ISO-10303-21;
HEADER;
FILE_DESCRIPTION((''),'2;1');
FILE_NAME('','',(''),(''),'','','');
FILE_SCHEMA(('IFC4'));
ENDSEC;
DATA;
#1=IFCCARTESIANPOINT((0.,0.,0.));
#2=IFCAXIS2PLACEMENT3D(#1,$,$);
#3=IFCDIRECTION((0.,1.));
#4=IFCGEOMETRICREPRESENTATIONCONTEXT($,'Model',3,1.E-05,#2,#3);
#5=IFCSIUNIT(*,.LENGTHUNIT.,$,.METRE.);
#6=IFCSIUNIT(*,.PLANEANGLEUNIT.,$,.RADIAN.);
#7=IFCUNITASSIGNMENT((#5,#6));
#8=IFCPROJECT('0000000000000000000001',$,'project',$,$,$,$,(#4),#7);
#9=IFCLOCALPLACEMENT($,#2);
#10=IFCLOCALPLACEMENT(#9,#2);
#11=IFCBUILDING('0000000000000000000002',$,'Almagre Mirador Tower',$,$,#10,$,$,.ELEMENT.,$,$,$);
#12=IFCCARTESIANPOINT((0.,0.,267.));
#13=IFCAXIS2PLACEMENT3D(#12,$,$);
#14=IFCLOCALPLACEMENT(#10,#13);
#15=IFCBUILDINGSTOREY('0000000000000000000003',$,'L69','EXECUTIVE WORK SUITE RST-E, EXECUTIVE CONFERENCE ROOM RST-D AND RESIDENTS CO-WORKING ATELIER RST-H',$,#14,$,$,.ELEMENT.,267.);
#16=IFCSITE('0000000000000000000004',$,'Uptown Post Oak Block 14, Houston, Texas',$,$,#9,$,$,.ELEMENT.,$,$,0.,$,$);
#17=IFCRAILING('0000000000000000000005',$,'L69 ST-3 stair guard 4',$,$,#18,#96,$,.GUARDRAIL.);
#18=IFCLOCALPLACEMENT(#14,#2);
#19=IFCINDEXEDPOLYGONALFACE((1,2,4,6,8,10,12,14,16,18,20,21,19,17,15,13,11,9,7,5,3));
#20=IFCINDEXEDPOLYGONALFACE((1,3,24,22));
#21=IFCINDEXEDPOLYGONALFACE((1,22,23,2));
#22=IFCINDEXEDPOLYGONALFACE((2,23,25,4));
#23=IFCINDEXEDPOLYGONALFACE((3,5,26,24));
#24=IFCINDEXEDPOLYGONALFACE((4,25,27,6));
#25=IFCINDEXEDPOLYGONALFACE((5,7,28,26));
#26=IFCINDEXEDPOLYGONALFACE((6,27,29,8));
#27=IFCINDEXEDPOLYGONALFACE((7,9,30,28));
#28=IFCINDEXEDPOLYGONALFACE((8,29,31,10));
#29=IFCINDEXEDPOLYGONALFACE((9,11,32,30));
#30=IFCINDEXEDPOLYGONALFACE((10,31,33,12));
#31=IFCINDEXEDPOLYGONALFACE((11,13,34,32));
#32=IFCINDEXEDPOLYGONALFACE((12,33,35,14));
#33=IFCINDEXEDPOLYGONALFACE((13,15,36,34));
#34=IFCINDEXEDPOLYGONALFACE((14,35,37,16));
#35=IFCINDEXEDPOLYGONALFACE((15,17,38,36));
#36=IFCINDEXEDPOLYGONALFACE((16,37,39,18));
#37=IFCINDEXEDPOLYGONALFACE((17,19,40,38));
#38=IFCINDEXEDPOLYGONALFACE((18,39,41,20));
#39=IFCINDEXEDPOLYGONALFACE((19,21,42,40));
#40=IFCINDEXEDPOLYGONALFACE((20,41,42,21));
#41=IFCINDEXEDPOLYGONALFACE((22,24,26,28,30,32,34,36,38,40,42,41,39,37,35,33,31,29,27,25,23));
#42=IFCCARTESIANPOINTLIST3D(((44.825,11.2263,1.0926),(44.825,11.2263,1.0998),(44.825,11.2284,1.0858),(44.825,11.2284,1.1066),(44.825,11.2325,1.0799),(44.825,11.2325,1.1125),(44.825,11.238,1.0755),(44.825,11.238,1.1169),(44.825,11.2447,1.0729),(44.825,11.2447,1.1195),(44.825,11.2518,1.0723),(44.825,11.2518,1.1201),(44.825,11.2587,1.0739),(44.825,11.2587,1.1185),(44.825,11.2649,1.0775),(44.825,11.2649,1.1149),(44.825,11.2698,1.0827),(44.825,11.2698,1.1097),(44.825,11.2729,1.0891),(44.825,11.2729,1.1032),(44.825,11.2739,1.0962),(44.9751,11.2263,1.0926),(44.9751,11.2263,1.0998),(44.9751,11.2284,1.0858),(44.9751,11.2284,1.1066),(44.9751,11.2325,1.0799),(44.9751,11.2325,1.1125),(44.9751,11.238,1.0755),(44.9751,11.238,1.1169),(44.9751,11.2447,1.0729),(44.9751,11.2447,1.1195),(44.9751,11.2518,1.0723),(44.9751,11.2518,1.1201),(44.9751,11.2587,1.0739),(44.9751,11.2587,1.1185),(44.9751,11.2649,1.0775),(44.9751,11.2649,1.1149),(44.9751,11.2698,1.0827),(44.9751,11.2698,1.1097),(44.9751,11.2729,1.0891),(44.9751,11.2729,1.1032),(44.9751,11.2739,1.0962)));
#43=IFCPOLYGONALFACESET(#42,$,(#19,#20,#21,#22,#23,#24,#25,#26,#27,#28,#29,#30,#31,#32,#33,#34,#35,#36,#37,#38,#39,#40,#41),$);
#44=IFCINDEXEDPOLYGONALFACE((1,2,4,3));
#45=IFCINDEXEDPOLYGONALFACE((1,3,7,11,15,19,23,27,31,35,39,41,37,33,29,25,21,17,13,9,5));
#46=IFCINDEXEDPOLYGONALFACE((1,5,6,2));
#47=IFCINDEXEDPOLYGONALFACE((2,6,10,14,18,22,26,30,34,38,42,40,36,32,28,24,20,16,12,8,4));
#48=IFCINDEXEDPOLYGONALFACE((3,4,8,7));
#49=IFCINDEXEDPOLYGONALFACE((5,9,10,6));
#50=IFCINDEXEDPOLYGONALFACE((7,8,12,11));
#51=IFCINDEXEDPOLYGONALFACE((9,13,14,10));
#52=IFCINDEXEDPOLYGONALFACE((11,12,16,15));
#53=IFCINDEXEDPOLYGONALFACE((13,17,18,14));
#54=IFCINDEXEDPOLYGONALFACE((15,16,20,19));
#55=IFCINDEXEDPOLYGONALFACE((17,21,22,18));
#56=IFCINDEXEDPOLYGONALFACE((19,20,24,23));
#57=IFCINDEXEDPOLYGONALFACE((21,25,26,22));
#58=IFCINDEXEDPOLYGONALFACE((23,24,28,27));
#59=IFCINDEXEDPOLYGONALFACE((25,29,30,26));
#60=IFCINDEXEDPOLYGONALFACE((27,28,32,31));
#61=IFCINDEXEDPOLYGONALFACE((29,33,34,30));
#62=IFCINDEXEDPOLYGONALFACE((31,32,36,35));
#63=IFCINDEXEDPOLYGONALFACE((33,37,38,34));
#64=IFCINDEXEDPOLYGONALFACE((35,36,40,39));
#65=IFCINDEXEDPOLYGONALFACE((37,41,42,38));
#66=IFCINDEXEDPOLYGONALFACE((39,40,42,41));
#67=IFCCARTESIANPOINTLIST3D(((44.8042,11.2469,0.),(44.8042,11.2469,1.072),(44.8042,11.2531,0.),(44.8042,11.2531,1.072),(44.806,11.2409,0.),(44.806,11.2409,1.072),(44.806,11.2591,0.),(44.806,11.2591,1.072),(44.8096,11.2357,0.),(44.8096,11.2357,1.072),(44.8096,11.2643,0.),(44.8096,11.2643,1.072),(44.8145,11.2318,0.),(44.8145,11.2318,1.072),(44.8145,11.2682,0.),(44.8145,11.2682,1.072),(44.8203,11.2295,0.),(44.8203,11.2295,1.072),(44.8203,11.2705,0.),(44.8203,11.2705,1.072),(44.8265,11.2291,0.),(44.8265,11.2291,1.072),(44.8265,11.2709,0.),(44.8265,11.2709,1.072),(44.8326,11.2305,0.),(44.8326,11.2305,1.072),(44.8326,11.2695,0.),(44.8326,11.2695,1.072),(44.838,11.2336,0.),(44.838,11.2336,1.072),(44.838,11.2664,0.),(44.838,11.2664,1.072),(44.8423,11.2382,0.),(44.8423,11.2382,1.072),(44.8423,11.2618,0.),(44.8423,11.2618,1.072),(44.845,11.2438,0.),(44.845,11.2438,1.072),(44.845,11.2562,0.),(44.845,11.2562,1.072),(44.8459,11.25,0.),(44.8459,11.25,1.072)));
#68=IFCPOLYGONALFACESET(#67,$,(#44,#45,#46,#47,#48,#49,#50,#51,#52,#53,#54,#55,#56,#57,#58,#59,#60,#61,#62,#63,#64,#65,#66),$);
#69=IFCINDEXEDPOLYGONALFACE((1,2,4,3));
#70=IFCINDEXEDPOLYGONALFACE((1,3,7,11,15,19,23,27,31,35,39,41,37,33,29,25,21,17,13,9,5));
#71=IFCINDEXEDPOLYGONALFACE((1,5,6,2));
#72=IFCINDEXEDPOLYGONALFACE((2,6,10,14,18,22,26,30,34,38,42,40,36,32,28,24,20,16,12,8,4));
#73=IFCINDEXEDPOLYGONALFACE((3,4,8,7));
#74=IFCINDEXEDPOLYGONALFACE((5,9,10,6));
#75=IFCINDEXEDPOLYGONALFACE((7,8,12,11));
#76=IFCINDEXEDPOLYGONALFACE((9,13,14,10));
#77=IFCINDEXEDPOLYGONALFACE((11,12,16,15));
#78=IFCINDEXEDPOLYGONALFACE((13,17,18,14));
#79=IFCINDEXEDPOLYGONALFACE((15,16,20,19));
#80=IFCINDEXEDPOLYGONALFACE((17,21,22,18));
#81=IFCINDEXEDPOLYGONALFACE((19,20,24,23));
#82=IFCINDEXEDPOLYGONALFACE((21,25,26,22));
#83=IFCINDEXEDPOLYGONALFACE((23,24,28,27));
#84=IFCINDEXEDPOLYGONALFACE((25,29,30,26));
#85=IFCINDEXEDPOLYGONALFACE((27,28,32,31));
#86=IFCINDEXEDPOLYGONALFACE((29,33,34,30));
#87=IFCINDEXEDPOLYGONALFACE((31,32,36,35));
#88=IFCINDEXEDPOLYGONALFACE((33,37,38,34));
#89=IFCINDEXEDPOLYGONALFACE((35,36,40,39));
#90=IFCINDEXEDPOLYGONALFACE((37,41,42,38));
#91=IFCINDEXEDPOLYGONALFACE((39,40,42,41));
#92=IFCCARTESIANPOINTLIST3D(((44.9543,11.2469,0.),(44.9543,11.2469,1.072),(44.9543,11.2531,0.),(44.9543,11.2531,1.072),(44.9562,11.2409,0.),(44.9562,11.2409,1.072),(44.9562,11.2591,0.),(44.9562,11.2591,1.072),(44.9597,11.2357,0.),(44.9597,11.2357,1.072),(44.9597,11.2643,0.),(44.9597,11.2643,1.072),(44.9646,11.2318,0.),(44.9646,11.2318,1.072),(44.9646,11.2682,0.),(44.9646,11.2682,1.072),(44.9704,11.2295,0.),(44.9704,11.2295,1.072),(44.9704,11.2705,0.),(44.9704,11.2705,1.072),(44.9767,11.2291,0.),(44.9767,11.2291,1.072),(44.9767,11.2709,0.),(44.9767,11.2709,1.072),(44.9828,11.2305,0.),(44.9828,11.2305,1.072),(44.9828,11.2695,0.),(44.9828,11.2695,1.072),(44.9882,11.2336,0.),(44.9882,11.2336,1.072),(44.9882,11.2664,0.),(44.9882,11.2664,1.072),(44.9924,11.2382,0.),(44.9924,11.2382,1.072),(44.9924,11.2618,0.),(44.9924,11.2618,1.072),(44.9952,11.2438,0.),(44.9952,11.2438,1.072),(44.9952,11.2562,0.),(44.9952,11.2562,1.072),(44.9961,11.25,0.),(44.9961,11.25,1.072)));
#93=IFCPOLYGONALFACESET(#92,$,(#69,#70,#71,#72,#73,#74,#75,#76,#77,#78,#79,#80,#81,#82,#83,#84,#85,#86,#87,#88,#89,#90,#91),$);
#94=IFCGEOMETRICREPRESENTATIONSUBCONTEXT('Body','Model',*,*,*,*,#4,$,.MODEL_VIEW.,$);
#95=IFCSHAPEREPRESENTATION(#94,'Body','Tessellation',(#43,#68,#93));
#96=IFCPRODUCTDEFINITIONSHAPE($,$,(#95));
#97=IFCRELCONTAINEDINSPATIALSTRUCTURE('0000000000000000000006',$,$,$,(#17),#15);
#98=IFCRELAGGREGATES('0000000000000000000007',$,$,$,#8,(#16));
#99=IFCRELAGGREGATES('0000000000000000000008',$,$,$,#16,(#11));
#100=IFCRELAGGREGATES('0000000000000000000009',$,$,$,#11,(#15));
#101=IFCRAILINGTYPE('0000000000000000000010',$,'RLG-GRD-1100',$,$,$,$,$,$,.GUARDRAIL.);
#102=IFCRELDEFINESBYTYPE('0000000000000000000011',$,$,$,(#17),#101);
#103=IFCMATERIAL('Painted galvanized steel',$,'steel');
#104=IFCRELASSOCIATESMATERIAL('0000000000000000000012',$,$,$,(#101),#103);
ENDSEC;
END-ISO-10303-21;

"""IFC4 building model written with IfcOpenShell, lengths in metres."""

from ifc_helpers import new_model, si_unit, direction, frame, origin, origin_2d, place, context, subcontext, project, spatial, circle, extrude, material, type_object, element, save


model = new_model("IFC4")

# Units and contexts
model_context = context("Model", 3, precision=1e-05, world=origin(), true_north=direction((0.0, 1.0)))
body_context = subcontext(model_context, "Body", "Model", "MODEL_VIEW")
ifc_project = project(units=[si_unit("LENGTHUNIT", "METRE"), si_unit("PLANEANGLEUNIT", "RADIAN")], contexts=[model_context])

# Site, building, storey
site_placement = place(None, origin())
site = spatial("IfcSite", under=ifc_project, at=site_placement, Name="Uptown Post Oak Block 14, Houston, Texas", CompositionType="ELEMENT", RefElevation=0.0)
building_placement = place(site_placement, origin())
building = spatial("IfcBuilding", under=site, at=building_placement, Name="Almagre Mirador Tower", CompositionType="ELEMENT")
storey_placement = place(building_placement, frame((0.0, 0.0, 267.0)))
storey = spatial("IfcBuildingStorey", under=building, at=storey_placement, Name="L69", Description="EXECUTIVE WORK SUITE RST-E, EXECUTIVE CONFERENCE ROOM RST-D AND RESIDENTS CO-WORKING ATELIER RST-H", CompositionType="ELEMENT", Elevation=267.0)

# Railing
ifc_material_1 = material(Name="Painted galvanized steel", Category="steel")
railing_type = type_object("IfcRailingType", Name="RLG-GRD-1100", PredefinedType="GUARDRAIL", material=ifc_material_1)
railing_1_placement = place(storey_placement, frame((44.825, 11.25, 0.0)))
element("IfcRailing", 1, at=railing_1_placement, inside=storey, type_object=railing_type, Name="L69 ST-3 stair guard 4", PredefinedType="GUARDRAIL", context=body_context, shape_type="SweptSolid", body=[
    extrude(circle(Radius=0.0239, at=origin_2d()), frame((0.0, 0.0, 1.0962), z_axis=(1.0, 0.0, 0.0), x_axis=(0.0, 1.0, 0.0)), (0.0, 0.0, 1.0), 0.1501),
    extrude(circle(Radius=0.021, at=origin_2d()), origin(), (0.0, 0.0, 1.0), 1.072),
    extrude(circle(Radius=0.021, at=origin_2d()), frame((0.1501, 0.0, 0.0)), (0.0, 0.0, 1.0), 1.072),
])

save(model, "model.ifc")
